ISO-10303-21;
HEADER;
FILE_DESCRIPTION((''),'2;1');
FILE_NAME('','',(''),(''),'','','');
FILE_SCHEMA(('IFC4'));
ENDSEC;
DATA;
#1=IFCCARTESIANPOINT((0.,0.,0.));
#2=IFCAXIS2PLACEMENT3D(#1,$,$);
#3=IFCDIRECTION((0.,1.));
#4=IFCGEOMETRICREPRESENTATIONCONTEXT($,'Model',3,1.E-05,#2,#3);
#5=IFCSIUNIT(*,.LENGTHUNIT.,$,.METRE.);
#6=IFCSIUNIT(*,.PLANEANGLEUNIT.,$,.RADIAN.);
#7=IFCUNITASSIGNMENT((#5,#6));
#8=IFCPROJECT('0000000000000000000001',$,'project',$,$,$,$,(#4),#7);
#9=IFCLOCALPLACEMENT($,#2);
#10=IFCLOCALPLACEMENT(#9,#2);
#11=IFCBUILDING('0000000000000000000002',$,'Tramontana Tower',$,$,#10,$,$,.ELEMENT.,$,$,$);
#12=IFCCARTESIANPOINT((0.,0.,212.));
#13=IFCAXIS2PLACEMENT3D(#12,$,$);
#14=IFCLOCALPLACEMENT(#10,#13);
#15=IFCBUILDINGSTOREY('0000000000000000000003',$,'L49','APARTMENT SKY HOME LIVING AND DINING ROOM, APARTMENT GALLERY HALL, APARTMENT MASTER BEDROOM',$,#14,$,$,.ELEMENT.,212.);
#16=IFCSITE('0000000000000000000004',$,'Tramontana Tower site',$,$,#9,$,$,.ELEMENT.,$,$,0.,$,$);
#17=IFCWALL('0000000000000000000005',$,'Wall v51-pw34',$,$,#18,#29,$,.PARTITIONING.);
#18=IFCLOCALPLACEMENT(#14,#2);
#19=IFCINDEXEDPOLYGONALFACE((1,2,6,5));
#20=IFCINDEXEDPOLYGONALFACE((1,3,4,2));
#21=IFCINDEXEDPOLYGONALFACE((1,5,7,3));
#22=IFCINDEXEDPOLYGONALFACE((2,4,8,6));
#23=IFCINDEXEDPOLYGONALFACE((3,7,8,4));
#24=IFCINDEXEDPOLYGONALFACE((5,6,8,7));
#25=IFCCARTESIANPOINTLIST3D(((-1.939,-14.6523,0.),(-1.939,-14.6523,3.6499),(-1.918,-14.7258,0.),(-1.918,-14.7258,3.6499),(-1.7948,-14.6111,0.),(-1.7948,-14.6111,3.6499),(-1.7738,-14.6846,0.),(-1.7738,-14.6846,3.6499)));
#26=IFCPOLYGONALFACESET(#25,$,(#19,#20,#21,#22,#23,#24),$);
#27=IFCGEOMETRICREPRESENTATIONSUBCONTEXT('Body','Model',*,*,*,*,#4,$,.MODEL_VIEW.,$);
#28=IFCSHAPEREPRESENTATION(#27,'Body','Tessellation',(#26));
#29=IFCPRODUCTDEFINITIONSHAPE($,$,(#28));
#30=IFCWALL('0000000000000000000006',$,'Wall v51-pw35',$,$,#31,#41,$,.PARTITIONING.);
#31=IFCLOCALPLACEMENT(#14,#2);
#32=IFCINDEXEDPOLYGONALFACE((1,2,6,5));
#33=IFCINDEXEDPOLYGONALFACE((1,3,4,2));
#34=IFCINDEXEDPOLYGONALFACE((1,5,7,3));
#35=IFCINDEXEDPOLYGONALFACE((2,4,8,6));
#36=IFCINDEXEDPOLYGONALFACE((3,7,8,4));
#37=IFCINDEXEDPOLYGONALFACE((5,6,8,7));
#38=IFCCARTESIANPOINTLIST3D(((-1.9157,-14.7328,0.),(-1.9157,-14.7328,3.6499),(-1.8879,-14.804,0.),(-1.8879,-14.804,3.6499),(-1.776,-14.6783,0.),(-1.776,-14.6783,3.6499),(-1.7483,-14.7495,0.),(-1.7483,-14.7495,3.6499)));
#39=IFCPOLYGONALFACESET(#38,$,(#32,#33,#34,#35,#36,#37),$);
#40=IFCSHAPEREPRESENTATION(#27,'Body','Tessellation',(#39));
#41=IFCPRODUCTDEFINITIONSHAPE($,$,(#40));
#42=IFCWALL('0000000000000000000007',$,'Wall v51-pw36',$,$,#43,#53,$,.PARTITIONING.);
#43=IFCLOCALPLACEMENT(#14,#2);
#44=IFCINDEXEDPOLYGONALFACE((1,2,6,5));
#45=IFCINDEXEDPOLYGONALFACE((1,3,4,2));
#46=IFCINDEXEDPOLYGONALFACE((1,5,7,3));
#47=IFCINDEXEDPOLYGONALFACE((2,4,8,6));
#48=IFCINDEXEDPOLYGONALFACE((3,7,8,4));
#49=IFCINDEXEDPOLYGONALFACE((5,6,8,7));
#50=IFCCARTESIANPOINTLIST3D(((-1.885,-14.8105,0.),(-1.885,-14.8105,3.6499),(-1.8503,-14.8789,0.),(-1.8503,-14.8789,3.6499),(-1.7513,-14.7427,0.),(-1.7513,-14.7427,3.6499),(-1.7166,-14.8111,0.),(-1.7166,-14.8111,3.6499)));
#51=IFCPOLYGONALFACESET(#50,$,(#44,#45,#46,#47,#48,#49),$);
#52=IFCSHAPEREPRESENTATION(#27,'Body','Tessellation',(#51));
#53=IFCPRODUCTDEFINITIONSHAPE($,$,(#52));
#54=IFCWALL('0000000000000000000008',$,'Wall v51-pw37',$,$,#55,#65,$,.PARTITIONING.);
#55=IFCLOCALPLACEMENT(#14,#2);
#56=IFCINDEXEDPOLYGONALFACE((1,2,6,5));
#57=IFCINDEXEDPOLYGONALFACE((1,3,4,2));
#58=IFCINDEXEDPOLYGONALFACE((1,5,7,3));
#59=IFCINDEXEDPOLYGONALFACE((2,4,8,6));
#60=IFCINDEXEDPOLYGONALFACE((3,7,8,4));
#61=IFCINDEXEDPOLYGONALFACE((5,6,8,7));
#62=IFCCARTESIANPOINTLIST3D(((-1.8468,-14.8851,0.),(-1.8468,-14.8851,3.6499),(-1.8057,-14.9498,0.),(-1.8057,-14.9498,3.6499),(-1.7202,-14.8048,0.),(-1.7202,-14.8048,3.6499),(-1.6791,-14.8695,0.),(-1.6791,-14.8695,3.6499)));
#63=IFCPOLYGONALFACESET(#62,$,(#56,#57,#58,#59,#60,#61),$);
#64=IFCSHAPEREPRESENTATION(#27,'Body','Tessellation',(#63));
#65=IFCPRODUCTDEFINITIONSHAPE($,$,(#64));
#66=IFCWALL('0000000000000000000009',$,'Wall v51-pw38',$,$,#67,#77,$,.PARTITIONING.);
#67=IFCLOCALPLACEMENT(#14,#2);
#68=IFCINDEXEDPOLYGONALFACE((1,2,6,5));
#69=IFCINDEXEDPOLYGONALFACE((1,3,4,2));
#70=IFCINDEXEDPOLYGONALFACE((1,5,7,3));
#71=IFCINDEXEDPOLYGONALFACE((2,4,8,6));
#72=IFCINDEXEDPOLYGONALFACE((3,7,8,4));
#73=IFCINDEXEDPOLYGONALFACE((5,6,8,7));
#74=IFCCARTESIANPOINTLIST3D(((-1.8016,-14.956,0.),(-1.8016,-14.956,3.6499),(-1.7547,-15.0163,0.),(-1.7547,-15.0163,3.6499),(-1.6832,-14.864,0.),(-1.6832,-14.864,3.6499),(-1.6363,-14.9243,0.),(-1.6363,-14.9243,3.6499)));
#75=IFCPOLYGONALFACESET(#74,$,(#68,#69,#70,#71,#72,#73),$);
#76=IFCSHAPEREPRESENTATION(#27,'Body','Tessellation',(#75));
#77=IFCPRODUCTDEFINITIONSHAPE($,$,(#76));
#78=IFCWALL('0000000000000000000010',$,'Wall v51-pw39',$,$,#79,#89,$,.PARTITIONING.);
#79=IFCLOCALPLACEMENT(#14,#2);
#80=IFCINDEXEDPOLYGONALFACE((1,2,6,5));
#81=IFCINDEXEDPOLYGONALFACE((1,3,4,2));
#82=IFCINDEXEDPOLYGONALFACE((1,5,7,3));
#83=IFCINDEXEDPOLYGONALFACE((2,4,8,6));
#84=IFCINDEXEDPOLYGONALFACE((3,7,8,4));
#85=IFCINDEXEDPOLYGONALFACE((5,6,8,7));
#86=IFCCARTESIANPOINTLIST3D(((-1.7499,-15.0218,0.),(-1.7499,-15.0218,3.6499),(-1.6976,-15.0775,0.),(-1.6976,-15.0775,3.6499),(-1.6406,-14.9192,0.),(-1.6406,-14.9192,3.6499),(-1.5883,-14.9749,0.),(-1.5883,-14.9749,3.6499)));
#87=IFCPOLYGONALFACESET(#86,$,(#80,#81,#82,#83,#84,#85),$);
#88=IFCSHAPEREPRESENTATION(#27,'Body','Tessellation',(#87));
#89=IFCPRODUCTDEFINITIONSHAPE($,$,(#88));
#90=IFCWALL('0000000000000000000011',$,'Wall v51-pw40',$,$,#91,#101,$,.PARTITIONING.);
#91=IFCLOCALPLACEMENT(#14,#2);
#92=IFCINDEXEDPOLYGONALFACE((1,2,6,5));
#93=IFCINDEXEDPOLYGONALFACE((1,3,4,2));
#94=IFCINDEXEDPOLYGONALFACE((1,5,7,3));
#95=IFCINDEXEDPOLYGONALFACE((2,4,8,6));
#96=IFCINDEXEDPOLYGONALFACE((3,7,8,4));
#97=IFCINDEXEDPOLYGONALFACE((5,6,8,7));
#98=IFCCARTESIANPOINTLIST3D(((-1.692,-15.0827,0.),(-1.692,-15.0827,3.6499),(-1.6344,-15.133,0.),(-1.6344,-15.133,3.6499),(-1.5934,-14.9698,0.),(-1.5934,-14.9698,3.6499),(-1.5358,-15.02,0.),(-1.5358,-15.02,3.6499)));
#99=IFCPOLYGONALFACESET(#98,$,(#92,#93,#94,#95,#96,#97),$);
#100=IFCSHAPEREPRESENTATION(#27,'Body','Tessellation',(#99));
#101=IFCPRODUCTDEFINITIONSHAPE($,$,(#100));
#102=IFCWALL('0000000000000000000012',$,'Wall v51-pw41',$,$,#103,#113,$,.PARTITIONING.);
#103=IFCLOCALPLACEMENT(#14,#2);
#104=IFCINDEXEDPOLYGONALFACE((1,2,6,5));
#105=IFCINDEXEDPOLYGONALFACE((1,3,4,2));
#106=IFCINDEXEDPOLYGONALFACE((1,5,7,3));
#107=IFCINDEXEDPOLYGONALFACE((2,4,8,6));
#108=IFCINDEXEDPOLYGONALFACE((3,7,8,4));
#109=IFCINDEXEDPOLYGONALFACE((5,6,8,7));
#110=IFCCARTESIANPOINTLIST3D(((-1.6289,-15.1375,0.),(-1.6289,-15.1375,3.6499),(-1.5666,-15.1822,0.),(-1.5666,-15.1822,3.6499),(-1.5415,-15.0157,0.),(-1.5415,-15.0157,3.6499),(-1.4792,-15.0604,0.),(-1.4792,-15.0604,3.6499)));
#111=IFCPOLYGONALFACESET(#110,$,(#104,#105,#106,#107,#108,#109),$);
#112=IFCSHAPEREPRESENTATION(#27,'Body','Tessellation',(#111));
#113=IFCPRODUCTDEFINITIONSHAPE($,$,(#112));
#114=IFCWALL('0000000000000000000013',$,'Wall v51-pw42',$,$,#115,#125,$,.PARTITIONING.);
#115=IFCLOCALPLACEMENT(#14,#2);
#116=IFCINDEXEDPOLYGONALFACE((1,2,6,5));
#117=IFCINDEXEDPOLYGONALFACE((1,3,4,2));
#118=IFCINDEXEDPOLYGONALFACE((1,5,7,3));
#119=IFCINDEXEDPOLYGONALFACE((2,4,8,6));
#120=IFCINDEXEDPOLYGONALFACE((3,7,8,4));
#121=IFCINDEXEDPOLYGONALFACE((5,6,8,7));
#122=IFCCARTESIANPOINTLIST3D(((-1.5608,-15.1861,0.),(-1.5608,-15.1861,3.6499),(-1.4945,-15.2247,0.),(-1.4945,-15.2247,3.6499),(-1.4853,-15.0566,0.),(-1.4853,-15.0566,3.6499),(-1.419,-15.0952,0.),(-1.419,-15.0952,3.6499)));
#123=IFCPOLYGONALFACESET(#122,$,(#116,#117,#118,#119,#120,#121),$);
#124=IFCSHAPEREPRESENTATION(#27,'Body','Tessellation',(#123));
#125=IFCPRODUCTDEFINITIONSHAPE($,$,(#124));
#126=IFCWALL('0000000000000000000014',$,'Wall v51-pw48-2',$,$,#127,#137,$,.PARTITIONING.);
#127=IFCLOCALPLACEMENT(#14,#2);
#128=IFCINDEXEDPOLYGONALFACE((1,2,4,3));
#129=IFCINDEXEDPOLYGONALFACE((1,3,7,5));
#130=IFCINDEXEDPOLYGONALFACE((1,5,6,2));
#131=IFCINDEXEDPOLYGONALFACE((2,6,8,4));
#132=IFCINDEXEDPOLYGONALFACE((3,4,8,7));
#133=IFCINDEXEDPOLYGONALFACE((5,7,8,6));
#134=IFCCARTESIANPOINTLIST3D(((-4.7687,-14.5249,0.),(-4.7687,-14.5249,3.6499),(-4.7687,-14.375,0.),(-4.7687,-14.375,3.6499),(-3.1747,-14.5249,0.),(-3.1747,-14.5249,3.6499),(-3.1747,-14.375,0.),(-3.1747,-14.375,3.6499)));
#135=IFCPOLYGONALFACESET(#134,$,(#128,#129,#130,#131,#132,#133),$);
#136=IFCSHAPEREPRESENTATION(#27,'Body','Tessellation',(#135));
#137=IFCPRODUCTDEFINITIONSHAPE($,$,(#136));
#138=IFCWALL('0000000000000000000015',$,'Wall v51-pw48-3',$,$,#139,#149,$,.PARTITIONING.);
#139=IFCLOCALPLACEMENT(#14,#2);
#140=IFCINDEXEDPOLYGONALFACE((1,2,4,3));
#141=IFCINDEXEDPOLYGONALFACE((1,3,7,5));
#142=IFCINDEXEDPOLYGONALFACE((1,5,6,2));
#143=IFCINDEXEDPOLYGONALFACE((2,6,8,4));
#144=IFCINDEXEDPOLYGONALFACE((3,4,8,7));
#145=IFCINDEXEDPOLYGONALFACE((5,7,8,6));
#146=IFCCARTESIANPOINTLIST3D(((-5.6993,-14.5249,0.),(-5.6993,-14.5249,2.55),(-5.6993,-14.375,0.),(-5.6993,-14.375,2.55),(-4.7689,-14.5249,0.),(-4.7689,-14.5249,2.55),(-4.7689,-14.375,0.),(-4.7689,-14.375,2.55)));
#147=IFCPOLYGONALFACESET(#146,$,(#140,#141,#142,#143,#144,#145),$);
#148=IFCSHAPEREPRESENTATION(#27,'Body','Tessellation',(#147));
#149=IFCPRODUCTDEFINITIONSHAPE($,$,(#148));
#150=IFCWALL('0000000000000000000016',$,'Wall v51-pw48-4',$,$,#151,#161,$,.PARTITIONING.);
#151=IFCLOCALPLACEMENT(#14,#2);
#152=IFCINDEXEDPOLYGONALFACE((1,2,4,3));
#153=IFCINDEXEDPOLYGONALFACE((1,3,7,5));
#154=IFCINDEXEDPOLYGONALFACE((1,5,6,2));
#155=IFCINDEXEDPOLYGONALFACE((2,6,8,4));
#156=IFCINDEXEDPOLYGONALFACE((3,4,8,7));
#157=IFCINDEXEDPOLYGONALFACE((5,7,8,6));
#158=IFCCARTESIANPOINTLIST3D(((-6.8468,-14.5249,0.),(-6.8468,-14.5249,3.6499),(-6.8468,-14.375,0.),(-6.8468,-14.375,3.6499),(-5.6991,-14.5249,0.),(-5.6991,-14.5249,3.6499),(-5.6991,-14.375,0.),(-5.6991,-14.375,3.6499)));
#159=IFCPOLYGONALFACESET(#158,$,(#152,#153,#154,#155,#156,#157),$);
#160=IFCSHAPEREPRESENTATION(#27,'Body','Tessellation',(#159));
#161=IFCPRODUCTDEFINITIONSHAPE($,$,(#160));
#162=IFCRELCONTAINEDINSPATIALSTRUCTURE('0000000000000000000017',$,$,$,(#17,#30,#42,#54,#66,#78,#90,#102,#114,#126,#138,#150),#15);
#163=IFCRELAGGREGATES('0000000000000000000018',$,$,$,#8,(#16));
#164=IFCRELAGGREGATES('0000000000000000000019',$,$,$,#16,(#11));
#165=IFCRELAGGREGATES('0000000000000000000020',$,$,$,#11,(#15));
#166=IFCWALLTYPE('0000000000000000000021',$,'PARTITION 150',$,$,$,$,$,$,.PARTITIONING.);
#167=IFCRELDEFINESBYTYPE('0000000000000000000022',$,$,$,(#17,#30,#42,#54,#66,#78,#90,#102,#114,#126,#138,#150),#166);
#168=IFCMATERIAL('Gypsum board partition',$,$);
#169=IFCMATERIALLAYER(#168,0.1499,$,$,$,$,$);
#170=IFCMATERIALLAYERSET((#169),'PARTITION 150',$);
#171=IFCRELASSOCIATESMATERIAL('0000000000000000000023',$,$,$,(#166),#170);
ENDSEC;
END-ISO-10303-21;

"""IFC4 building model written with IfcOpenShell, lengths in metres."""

from ifc_helpers import new_model, si_unit, direction, frame, frame_2d, origin, place, context, subcontext, project, spatial, rectangle, extrude, material, layer, layer_set, type_object, element, save


model = new_model("IFC4")

# Units and contexts
model_context = context("Model", 3, precision=1e-05, world=origin(), true_north=direction((0.0, 1.0)))
body_context = subcontext(model_context, "Body", "Model", "MODEL_VIEW")
ifc_project = project(units=[si_unit("LENGTHUNIT", "METRE"), si_unit("PLANEANGLEUNIT", "RADIAN")], contexts=[model_context])

# Site, building, storey
site_placement = place(None, origin())
site = spatial("IfcSite", under=ifc_project, at=site_placement, Name="Tramontana Tower site", CompositionType="ELEMENT", RefElevation=0.0)
building_placement = place(site_placement, origin())
building = spatial("IfcBuilding", under=site, at=building_placement, Name="Tramontana Tower", CompositionType="ELEMENT")
storey_placement = place(building_placement, frame((0.0, 0.0, 212.0)))
storey = spatial("IfcBuildingStorey", under=building, at=storey_placement, Name="L49", Description="APARTMENT SKY HOME LIVING AND DINING ROOM, APARTMENT GALLERY HALL, APARTMENT MASTER BEDROOM", CompositionType="ELEMENT", Elevation=212.0)

# Shared definitions
ifc_material_1 = material(Name="Gypsum board partition")
ifc_layer_1 = layer(ifc_material_1, 0.1499)
ifc_layer_set_1 = layer_set([ifc_layer_1], Name="PARTITION 150")
wall_type_1 = type_object("IfcWallType", Name="PARTITION 150", PredefinedType="PARTITIONING", material=ifc_layer_set_1)

# Walls
for number, where, z_axis, x_axis, name in (
    (1, (-1.8459, -14.7051, 0.0), (0.0, 0.0, 1.0), (-0.274721, 0.961524, 0.0), "Wall v51-pw34"),
    (2, (-1.8181, -14.7766, 0.0), (0.0, 0.0, 1.0), (-0.363678, 0.931525, 0.0), "Wall v51-pw35"),
):
    element("IfcWall", number, at=place(storey_placement, frame(where, z_axis=z_axis, x_axis=x_axis)), inside=storey, type_object=wall_type_1, Name=name, PredefinedType="PARTITIONING", context=body_context, shape_type="SweptSolid", body=[
        extrude(rectangle(XDim=0.0764, YDim=0.1499, at=frame_2d((0.0381, 0.0))), origin(), (0.0, 0.0, 1.0), 3.6499),
    ])
for number, where, z_axis, x_axis, name in (
    (3, (-1.7834, -14.845, 0.0), (0.0, 0.0, 1.0), (-0.452303, 0.891864, 0.0), "Wall v51-pw36"),
    (4, (-1.7424, -14.9097, 0.0), (0.0, 0.0, 1.0), (-0.535431, 0.844579, 0.0), "Wall v51-pw37"),
):
    element("IfcWall", number, at=place(storey_placement, frame(where, z_axis=z_axis, x_axis=x_axis)), inside=storey, type_object=wall_type_1, Name=name, PredefinedType="PARTITIONING", context=body_context, shape_type="SweptSolid", body=[
        extrude(rectangle(XDim=0.0767, YDim=0.1499, at=frame_2d((0.0383, 0.0))), origin(), (0.0, 0.0, 1.0), 3.6499),
    ])
for number, where, z_axis, x_axis, name in (
    (5, (-1.6956, -14.9702, 0.0), (0.0, 0.0, 1.0), (-0.613719, 0.789524, 0.0), "Wall v51-pw38"),
    (6, (-1.6431, -15.0261, 0.0), (0.0, 0.0, 1.0), (-0.684367, 0.729138, 0.0), "Wall v51-pw39"),
    (7, (-1.5852, -15.0764, 0.0), (0.0, 0.0, 1.0), (-0.753367, 0.6576, 0.0), "Wall v51-pw40"),
):
    element("IfcWall", number, at=place(storey_placement, frame(where, z_axis=z_axis, x_axis=x_axis)), inside=storey, type_object=wall_type_1, Name=name, PredefinedType="PARTITIONING", context=body_context, shape_type="SweptSolid", body=[
        extrude(rectangle(XDim=0.0764, YDim=0.1499, at=frame_2d((0.0381, 0.0))), origin(), (0.0, 0.0, 1.0), 3.6499),
    ])
for number, where, z_axis, x_axis, name in (
    (8, (-1.5229, -15.1213, 0.0), (0.0, 0.0, 1.0), (-0.81244, 0.583045, 0.0), "Wall v51-pw41"),
    (9, (-1.4568, -15.1599, 0.0), (0.0, 0.0, 1.0), (-0.863894, 0.503673, 0.0), "Wall v51-pw42"),
):
    element("IfcWall", number, at=place(storey_placement, frame(where, z_axis=z_axis, x_axis=x_axis)), inside=storey, type_object=wall_type_1, Name=name, PredefinedType="PARTITIONING", context=body_context, shape_type="SweptSolid", body=[
        extrude(rectangle(XDim=0.0767, YDim=0.1499, at=frame_2d((0.0383, 0.0))), origin(), (0.0, 0.0, 1.0), 3.6499),
    ])

# Walls
wall_1_placement = place(storey_placement, frame((-3.1748, -14.45, 0.0), z_axis=(0.0, 0.0, 1.0), x_axis=(-1.0, 0.0, 0.0)))
element("IfcWall", 10, at=wall_1_placement, inside=storey, type_object=wall_type_1, Name="Wall v51-pw48-2", PredefinedType="PARTITIONING", context=body_context, shape_type="SweptSolid", body=[
    extrude(rectangle(XDim=1.594, YDim=0.1499, at=frame_2d((0.7969, 0.0))), origin(), (0.0, 0.0, 1.0), 3.6499),
])
wall_2_placement = place(storey_placement, frame((-4.7688, -14.45, 0.0), z_axis=(0.0, 0.0, 1.0), x_axis=(-1.0, 0.0, 0.0)))
element("IfcWall", 11, at=wall_2_placement, inside=storey, type_object=wall_type_1, Name="Wall v51-pw48-3", PredefinedType="PARTITIONING", context=body_context, shape_type="SweptSolid", body=[
    extrude(rectangle(XDim=0.9304, YDim=0.1499, at=frame_2d((0.4653, 0.0))), origin(), (0.0, 0.0, 1.0), 2.55),
])
wall_3_placement = place(storey_placement, frame((-5.6992, -14.45, 0.0), z_axis=(0.0, 0.0, 1.0), x_axis=(-1.0, 0.0, 0.0)))
element("IfcWall", 12, at=wall_3_placement, inside=storey, type_object=wall_type_1, Name="Wall v51-pw48-4", PredefinedType="PARTITIONING", context=body_context, shape_type="SweptSolid", body=[
    extrude(rectangle(XDim=1.1477, YDim=0.1499, at=frame_2d((0.5737, 0.0))), origin(), (0.0, 0.0, 1.0), 3.6499),
])

save(model, "model.ifc")
